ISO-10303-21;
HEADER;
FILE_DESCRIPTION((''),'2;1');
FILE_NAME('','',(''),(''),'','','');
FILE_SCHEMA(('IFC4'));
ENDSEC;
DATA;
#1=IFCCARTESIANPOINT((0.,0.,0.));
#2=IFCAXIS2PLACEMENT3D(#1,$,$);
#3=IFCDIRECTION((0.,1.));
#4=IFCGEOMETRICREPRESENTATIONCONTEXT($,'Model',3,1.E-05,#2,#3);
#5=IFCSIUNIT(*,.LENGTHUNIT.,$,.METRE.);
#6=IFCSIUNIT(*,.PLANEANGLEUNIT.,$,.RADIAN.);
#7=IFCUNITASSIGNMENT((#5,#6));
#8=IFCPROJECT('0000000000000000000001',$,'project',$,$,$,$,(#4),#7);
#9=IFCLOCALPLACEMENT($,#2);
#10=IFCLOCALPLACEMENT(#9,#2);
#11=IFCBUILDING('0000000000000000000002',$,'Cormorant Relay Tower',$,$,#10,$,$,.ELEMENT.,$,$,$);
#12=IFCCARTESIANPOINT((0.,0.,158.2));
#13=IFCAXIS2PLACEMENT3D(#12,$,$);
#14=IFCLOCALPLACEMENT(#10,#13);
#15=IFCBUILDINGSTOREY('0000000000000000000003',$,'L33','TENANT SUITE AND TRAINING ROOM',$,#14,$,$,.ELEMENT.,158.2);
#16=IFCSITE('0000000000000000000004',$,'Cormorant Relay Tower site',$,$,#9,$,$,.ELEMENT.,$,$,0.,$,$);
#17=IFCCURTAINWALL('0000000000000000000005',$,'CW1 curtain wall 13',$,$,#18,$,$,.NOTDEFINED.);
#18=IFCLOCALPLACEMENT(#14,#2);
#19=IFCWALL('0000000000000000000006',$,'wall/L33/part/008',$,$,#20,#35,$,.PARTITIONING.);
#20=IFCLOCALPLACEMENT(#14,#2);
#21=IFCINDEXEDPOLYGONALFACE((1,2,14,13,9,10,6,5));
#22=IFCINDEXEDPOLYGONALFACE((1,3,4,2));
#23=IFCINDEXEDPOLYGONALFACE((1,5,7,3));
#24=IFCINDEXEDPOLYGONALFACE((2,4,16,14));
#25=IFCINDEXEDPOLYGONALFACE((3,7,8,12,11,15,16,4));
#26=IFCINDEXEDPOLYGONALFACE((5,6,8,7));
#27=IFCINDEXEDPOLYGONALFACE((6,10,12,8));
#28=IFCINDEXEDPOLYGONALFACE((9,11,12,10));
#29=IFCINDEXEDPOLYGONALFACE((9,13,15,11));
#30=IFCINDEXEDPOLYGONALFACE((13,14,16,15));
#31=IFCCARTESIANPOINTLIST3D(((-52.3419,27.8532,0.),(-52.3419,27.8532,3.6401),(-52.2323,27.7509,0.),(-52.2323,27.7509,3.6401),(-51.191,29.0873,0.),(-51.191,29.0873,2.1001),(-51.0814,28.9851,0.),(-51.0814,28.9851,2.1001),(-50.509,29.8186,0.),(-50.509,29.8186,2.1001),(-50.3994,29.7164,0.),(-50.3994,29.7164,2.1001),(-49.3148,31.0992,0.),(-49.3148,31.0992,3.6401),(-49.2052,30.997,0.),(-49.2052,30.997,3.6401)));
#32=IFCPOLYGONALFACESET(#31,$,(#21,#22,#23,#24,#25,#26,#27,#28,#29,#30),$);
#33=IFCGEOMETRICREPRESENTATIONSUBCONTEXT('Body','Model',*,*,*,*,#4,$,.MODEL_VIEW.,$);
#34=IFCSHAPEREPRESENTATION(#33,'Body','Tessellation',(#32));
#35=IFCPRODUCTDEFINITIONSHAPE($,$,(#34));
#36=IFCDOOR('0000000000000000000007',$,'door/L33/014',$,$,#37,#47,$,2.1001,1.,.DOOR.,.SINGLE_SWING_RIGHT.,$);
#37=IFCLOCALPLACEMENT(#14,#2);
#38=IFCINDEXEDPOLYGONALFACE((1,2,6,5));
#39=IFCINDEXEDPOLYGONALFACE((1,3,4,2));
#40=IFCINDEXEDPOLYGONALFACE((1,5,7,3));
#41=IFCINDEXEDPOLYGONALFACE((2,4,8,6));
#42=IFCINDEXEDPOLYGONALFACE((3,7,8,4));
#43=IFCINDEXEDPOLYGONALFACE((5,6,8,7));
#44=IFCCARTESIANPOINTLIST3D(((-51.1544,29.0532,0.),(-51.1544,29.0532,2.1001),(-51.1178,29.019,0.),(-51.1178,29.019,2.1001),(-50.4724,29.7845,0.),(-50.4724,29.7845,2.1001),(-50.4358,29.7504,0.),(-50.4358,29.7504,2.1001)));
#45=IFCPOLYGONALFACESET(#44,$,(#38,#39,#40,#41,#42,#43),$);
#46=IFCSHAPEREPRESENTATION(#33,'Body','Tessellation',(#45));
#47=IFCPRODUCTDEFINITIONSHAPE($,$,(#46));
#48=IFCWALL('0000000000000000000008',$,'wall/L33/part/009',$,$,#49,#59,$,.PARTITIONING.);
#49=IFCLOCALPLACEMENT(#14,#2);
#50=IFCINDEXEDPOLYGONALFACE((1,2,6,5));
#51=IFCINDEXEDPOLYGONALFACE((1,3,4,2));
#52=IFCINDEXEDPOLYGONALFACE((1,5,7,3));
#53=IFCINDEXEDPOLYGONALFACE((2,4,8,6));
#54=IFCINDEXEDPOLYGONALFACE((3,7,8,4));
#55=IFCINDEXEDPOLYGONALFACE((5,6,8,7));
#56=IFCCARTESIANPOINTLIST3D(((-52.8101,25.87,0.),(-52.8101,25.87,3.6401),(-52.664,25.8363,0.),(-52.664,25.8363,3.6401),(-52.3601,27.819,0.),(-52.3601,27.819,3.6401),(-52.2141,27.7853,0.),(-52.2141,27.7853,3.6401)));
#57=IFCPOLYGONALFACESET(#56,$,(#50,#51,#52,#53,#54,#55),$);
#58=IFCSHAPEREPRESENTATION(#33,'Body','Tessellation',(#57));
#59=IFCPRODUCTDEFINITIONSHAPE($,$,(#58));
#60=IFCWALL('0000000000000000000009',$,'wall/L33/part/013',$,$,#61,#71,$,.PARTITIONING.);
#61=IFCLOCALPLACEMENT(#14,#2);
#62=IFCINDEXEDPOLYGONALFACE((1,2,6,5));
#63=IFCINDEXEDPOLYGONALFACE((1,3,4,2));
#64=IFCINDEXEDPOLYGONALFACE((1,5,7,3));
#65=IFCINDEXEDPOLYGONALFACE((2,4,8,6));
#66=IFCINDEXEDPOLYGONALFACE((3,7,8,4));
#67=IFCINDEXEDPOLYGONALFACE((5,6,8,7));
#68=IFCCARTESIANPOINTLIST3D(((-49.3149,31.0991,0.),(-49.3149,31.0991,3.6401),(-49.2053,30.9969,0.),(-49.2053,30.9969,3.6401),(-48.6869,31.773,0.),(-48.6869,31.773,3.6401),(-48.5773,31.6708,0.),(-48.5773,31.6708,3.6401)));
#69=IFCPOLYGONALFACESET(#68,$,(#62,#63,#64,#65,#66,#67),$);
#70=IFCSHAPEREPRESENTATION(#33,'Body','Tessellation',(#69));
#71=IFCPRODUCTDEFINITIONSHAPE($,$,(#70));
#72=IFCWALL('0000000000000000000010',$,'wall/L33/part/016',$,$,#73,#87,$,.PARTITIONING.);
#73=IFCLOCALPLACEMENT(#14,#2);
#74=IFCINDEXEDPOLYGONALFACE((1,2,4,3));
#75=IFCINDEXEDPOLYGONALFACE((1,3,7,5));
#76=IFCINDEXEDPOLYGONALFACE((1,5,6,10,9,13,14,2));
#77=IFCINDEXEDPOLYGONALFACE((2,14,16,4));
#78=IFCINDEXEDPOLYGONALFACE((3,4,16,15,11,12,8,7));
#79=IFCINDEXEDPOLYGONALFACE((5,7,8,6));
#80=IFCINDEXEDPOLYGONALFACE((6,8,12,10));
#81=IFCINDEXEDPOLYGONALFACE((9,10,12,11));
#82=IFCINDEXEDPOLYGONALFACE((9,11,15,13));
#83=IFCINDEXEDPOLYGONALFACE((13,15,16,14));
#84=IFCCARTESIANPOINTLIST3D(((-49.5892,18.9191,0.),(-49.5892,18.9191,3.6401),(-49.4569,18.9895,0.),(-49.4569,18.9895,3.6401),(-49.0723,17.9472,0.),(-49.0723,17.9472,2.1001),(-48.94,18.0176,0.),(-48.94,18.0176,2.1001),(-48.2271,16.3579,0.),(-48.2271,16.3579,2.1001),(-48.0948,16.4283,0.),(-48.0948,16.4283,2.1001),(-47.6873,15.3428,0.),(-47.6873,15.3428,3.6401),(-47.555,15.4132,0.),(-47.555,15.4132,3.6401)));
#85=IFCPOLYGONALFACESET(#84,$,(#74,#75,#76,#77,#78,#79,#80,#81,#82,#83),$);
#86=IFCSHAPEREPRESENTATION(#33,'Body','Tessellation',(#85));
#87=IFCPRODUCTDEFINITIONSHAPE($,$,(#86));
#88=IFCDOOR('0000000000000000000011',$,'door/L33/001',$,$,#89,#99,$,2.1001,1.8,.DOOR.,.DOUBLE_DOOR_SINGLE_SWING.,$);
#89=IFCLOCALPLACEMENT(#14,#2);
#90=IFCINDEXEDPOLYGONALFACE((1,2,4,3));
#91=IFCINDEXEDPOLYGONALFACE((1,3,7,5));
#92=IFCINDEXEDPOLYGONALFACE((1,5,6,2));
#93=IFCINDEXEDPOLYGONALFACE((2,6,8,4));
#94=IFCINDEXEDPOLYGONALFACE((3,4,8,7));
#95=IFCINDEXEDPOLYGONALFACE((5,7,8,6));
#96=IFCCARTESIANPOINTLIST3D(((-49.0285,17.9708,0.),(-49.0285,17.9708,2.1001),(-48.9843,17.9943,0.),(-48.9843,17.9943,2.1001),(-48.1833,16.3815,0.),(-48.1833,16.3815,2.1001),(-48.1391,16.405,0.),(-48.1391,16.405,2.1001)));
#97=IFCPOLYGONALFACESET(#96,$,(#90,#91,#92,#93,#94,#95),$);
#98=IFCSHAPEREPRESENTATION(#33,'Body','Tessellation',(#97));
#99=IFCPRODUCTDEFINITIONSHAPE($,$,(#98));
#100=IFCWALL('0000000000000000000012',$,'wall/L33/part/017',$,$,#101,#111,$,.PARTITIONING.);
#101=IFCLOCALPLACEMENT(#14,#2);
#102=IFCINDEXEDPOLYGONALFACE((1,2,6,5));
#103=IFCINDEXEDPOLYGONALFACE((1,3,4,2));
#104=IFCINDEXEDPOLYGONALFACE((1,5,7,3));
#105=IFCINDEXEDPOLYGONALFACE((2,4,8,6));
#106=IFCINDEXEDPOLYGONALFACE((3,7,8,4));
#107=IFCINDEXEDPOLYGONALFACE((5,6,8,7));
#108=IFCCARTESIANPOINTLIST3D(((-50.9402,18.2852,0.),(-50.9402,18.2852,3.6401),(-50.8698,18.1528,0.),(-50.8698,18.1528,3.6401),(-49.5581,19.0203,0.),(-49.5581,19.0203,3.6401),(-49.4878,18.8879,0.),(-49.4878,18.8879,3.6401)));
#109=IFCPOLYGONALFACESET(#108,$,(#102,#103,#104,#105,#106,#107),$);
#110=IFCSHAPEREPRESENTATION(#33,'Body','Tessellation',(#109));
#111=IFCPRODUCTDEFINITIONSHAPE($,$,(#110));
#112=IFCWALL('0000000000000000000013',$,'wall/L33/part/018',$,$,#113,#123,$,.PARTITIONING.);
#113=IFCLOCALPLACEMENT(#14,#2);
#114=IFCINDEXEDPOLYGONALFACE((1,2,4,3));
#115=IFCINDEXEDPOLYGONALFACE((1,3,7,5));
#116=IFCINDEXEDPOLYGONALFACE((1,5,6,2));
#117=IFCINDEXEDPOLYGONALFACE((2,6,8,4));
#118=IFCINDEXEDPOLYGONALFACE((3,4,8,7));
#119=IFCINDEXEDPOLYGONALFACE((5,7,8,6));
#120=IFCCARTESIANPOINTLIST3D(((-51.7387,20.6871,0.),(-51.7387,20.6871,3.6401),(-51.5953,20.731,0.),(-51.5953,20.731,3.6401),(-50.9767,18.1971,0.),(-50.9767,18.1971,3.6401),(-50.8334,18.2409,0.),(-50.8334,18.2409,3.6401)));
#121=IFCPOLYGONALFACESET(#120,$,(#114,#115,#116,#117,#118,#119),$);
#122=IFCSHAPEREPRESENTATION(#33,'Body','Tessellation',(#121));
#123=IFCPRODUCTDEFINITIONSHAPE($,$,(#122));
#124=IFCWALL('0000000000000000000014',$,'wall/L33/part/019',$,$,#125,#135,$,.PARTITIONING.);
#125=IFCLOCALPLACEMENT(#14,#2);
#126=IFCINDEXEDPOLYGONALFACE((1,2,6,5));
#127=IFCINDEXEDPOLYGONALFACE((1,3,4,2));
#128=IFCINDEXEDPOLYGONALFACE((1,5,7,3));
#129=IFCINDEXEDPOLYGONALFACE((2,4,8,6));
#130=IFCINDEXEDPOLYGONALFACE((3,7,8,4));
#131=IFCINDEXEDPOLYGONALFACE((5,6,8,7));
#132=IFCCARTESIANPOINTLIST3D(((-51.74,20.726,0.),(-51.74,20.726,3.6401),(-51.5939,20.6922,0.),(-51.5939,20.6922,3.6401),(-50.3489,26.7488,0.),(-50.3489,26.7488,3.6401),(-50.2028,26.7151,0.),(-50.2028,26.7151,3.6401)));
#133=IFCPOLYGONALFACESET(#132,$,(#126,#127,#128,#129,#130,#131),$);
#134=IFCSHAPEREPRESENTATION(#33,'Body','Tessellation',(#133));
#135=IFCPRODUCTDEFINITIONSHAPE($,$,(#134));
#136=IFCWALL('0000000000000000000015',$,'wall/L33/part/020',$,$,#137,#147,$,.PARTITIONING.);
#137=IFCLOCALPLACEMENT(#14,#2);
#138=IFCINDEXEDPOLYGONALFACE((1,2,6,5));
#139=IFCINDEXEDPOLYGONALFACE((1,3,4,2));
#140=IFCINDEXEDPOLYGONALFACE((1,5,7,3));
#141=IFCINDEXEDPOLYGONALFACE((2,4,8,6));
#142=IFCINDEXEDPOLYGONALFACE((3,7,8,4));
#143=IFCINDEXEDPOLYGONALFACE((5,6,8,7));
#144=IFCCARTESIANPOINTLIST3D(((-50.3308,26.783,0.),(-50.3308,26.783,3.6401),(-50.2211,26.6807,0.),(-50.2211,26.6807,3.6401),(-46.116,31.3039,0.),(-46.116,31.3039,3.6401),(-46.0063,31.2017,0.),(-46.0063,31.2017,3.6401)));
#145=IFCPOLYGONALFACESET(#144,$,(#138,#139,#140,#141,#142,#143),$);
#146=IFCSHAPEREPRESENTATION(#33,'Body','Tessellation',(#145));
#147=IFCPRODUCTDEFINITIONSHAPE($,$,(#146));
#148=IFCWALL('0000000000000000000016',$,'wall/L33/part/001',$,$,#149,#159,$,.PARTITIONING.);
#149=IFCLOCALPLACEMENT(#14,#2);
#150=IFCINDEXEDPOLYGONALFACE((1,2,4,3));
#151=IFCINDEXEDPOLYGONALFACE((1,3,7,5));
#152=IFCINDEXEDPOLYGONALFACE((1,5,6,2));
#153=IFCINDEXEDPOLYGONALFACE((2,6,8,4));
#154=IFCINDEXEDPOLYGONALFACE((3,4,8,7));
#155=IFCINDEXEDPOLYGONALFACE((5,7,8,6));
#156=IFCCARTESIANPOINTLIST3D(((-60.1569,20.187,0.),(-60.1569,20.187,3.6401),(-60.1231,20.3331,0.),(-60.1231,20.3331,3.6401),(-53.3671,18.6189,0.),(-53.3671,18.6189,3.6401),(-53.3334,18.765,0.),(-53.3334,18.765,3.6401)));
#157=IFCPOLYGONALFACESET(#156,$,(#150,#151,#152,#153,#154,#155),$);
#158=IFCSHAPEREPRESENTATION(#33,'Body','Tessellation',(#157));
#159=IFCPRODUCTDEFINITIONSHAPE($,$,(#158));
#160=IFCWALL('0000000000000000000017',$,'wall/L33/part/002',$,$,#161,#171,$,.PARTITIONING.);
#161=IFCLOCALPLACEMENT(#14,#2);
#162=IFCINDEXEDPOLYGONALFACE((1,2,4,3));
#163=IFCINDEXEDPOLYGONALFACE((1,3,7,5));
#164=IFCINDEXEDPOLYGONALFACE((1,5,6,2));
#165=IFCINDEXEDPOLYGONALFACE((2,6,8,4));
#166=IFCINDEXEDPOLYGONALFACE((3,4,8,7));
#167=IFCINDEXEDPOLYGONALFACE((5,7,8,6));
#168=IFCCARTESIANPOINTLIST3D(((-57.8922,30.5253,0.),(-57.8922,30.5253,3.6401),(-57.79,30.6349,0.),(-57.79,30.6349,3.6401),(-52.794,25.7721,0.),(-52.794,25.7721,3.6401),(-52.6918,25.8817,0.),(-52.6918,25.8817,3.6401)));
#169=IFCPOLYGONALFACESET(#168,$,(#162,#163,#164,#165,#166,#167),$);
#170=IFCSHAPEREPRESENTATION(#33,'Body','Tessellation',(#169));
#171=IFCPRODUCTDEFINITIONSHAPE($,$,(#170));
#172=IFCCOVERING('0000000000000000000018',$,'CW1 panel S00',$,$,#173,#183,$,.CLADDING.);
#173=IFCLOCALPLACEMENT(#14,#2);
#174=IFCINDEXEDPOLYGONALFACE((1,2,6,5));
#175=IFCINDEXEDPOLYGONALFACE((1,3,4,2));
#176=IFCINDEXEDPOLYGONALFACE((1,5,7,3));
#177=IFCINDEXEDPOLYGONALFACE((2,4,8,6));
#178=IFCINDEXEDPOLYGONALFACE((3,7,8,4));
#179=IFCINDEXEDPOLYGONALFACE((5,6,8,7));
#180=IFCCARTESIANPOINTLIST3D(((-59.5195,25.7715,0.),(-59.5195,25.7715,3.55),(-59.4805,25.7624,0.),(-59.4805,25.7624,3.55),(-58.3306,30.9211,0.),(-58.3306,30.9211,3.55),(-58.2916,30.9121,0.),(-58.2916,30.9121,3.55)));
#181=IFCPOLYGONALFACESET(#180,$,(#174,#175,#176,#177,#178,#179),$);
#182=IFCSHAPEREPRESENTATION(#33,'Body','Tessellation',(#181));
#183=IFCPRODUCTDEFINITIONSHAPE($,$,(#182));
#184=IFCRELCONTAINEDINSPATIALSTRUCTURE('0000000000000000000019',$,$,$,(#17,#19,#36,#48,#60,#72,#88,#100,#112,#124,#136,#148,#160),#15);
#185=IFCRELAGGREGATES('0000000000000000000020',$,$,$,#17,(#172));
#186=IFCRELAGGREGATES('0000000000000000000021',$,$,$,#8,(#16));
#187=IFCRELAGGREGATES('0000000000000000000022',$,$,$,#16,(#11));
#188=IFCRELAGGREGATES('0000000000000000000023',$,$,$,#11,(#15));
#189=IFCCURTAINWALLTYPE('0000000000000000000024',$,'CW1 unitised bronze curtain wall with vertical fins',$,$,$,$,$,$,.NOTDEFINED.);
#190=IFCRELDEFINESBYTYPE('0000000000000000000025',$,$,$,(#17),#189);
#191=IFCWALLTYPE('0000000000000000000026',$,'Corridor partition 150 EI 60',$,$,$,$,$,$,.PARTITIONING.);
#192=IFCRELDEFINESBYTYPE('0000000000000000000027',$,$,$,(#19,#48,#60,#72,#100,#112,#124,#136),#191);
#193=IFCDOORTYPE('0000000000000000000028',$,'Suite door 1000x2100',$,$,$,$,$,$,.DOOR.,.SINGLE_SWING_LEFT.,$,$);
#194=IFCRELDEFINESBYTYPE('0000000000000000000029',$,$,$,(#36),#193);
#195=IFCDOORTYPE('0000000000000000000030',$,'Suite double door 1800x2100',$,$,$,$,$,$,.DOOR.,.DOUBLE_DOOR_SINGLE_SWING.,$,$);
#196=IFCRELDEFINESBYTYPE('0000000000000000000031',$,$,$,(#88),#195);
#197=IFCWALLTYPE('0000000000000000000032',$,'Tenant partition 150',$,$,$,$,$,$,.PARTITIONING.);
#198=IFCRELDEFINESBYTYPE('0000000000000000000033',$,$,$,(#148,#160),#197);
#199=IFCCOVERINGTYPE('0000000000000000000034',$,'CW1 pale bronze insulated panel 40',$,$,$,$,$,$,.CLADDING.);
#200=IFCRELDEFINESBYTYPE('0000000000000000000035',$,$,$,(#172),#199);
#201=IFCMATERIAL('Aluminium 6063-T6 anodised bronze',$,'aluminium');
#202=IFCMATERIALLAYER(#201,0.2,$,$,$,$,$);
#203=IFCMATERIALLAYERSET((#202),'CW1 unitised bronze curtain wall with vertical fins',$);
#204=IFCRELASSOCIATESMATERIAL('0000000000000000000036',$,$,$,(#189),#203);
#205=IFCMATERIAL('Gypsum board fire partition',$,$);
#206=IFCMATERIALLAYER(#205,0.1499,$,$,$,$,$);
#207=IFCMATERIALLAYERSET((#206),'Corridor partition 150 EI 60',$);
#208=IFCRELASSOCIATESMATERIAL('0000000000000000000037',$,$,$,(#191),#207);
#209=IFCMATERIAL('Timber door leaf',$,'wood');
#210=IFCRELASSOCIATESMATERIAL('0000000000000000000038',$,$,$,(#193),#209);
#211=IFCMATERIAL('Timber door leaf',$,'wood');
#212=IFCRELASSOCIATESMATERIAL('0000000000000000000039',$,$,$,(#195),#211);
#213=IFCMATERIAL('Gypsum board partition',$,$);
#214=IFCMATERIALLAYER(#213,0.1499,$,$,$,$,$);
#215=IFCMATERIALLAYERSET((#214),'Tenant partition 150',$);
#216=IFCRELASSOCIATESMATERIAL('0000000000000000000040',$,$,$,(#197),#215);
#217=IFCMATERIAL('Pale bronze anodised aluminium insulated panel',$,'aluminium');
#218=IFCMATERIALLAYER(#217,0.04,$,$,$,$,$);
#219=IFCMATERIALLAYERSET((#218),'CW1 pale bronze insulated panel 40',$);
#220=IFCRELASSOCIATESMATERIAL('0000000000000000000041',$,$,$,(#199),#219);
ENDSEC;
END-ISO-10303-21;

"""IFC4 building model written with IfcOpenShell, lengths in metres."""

from ifc_helpers import new_model, si_unit, direction, frame, frame_2d, origin, origin_2d, place, context, subcontext, project, spatial, rectangle, extrude, material, layer, layer_set, type_object, element, fill, aggregate, save


model = new_model("IFC4")

# Units and contexts
model_context = context("Model", 3, precision=1e-05, world=origin(), true_north=direction((0.0, 1.0)))
body_context = subcontext(model_context, "Body", "Model", "MODEL_VIEW")
ifc_project = project(units=[si_unit("LENGTHUNIT", "METRE"), si_unit("PLANEANGLEUNIT", "RADIAN")], contexts=[model_context])

# Site, building, storey
site_placement = place(None, origin())
site = spatial("IfcSite", under=ifc_project, at=site_placement, Name="Cormorant Relay Tower site", CompositionType="ELEMENT", RefElevation=0.0)
building_placement = place(site_placement, origin())
building = spatial("IfcBuilding", under=site, at=building_placement, Name="Cormorant Relay Tower", CompositionType="ELEMENT")
storey_placement = place(building_placement, frame((0.0, 0.0, 158.2)))
storey = spatial("IfcBuildingStorey", under=building, at=storey_placement, Name="L33", Description="TENANT SUITE AND TRAINING ROOM", CompositionType="ELEMENT", Elevation=158.2)

# Curtain wall
ifc_material_1 = material(Name="Aluminium 6063-T6 anodised bronze", Category="aluminium")
ifc_layer_1 = layer(ifc_material_1, 0.2)
ifc_layer_set_1 = layer_set([ifc_layer_1], Name="CW1 unitised bronze curtain wall with vertical fins")
curtain_wall_type = type_object("IfcCurtainWallType", Name="CW1 unitised bronze curtain wall with vertical fins", PredefinedType="NOTDEFINED", material=ifc_layer_set_1)
curtain_wall_1_placement = place(storey_placement, origin())
curtain_wall_1 = element("IfcCurtainWall", 1, at=curtain_wall_1_placement, inside=storey, type_object=curtain_wall_type, Name="CW1 curtain wall 13", PredefinedType="NOTDEFINED")

# Shared definitions
ifc_material_2 = material(Name="Gypsum board fire partition")
ifc_layer_2 = layer(ifc_material_2, 0.1499)
ifc_layer_set_2 = layer_set([ifc_layer_2], Name="Corridor partition 150 EI 60")
wall_type_1 = type_object("IfcWallType", Name="Corridor partition 150 EI 60", PredefinedType="PARTITIONING", material=ifc_layer_set_2)
ifc_material_3 = material(Name="Timber door leaf", Category="wood")
door_type_1 = type_object("IfcDoorType", Name="Suite door 1000x2100", OperationType="SINGLE_SWING_LEFT", PredefinedType="DOOR", material=ifc_material_3)

# Wall, opening, door
wall_1_placement = place(storey_placement, frame((-49.26, 31.0481, 0.0), z_axis=(0.0, 0.0, 1.0), x_axis=(-0.682007, -0.731346, 0.0)))
wall_1 = element("IfcWall", 2, at=wall_1_placement, inside=storey, type_object=wall_type_1, Name="wall/L33/part/008", PredefinedType="PARTITIONING", context=body_context, shape_type="SweptSolid", body=[
    extrude(rectangle(XDim=4.4385, YDim=0.1499, at=frame_2d((2.2192, 0.0))), origin(), (0.0, 0.0, 1.0), 3.6401),
])
opening_1_placement = place(wall_1_placement, frame((1.751, 0.0, 0.0)))
opening_1 = element("IfcOpeningElement", 3, at=opening_1_placement, cuts=wall_1, PredefinedType="OPENING", context=body_context, shape_type="SweptSolid", body=[
    extrude(rectangle(XDim=1.0, YDim=2.1001, at=frame_2d((0.5, 1.05))), frame((0.0, 0.085, 0.0), z_axis=(0.0, -1.0, 0.0), x_axis=(1.0, 0.0, 0.0)), (0.0, 0.0, 1.0), 0.1699),
])
door_1_placement = place(opening_1_placement, frame((1.0, 0.0, 0.0), z_axis=(0.0, 0.0, 1.0), x_axis=(-1.0, 0.0, 0.0)))
door_1 = element("IfcDoor", 4, at=door_1_placement, inside=storey, type_object=door_type_1, Name="door/L33/014", OperationType="SINGLE_SWING_RIGHT", OverallHeight=2.1001, OverallWidth=1.0, PredefinedType="DOOR", context=body_context, shape_type="SweptSolid", body=[
    extrude(rectangle(XDim=1.0, YDim=2.1001, at=frame_2d((0.5, 1.05))), frame((0.0, 0.0249, 0.0), z_axis=(0.0, -1.0, 0.0), x_axis=(1.0, 0.0, 0.0)), (0.0, 0.0, 1.0), 0.05),
])
fill(opening_1, door_1)

# Walls
wall_2_placement = place(storey_placement, frame((-52.2871, 27.802, 0.0), z_axis=(0.0, 0.0, 1.0), x_axis=(-0.224949, -0.974371, 0.0)))
element("IfcWall", 5, at=wall_2_placement, inside=storey, type_object=wall_type_1, Name="wall/L33/part/009", PredefinedType="PARTITIONING", context=body_context, shape_type="SweptSolid", body=[
    extrude(rectangle(XDim=2.0002, YDim=0.1499, at=frame_2d((1.0, 0.0))), origin(), (0.0, 0.0, 1.0), 3.6401),
])
wall_3_placement = place(storey_placement, frame((-49.26, 31.0481, 0.0), z_axis=(0.0, 0.0, 1.0), x_axis=(0.681751, 0.731584, 0.0)))
element("IfcWall", 6, at=wall_3_placement, inside=storey, type_object=wall_type_1, Name="wall/L33/part/013", PredefinedType="PARTITIONING", context=body_context, shape_type="SweptSolid", body=[
    extrude(rectangle(XDim=0.9211, YDim=0.1499, at=frame_2d((0.4604, 0.0))), origin(), (0.0, 0.0, 1.0), 3.6401),
])

# Wall, opening, door
wall_4_placement = place(storey_placement, frame((-47.6211, 15.3779, 0.0), z_axis=(0.0, 0.0, 1.0), x_axis=(-0.469543, 0.88291, 0.0)))
wall_4 = element("IfcWall", 7, at=wall_4_placement, inside=storey, type_object=wall_type_1, Name="wall/L33/part/016", PredefinedType="PARTITIONING", context=body_context, shape_type="SweptSolid", body=[
    extrude(rectangle(XDim=4.0505, YDim=0.1499, at=frame_2d((2.0254, 0.0))), origin(), (0.0, 0.0, 1.0), 3.6401),
])
opening_2_placement = place(wall_4_placement, frame((1.1499, 0.0, 0.0)))
opening_2 = element("IfcOpeningElement", 8, at=opening_2_placement, cuts=wall_4, PredefinedType="OPENING", context=body_context, shape_type="SweptSolid", body=[
    extrude(rectangle(XDim=1.8, YDim=2.1001, at=frame_2d((0.8999, 1.05))), frame((0.0, 0.085, 0.0), z_axis=(0.0, -1.0, 0.0), x_axis=(1.0, 0.0, 0.0)), (0.0, 0.0, 1.0), 0.1699),
])
ifc_material_4 = material(Name="Timber door leaf", Category="wood")
door_type_2 = type_object("IfcDoorType", Name="Suite double door 1800x2100", OperationType="DOUBLE_DOOR_SINGLE_SWING", PredefinedType="DOOR", material=ifc_material_4)
door_2_placement = place(opening_2_placement, frame((1.8, 0.0, 0.0), z_axis=(0.0, 0.0, 1.0), x_axis=(-1.0, 0.0, 0.0)))
door_2 = element("IfcDoor", 9, at=door_2_placement, inside=storey, type_object=door_type_2, Name="door/L33/001", OperationType="DOUBLE_DOOR_SINGLE_SWING", OverallHeight=2.1001, OverallWidth=1.8, PredefinedType="DOOR", context=body_context, shape_type="SweptSolid", body=[
    extrude(rectangle(XDim=1.8, YDim=2.1001, at=frame_2d((0.8999, 1.05))), frame((0.0, 0.0249, 0.0), z_axis=(0.0, -1.0, 0.0), x_axis=(1.0, 0.0, 0.0)), (0.0, 0.0, 1.0), 0.05),
])
fill(opening_2, door_2)

# Walls
wall_5_placement = place(storey_placement, frame((-49.5229, 18.9541, 0.0), z_axis=(0.0, 0.0, 1.0), x_axis=(-0.882883, -0.469592, 0.0)))
element("IfcWall", 10, at=wall_5_placement, inside=storey, type_object=wall_type_1, Name="wall/L33/part/017", PredefinedType="PARTITIONING", context=body_context, shape_type="SweptSolid", body=[
    extrude(rectangle(XDim=1.5654, YDim=0.1499, at=frame_2d((0.7827, 0.0))), origin(), (0.0, 0.0, 1.0), 3.6401),
])
wall_6_placement = place(storey_placement, frame((-50.905, 18.219, 0.0), z_axis=(0.0, 0.0, 1.0), x_axis=(-0.292616, 0.95623, 0.0)))
element("IfcWall", 11, at=wall_6_placement, inside=storey, type_object=wall_type_1, Name="wall/L33/part/018", PredefinedType="PARTITIONING", context=body_context, shape_type="SweptSolid", body=[
    extrude(rectangle(XDim=2.604, YDim=0.1499, at=frame_2d((1.302, 0.0))), origin(), (0.0, 0.0, 1.0), 3.6401),
])
wall_7_placement = place(storey_placement, frame((-51.667, 20.709, 0.0), z_axis=(0.0, 0.0, 1.0), x_axis=(0.225044, 0.974349, 0.0)))
element("IfcWall", 12, at=wall_7_placement, inside=storey, type_object=wall_type_1, Name="wall/L33/part/019", PredefinedType="PARTITIONING", context=body_context, shape_type="SweptSolid", body=[
    extrude(rectangle(XDim=6.1814, YDim=0.1499, at=frame_2d((3.0908, 0.0))), origin(), (0.0, 0.0, 1.0), 3.6401),
])
wall_8_placement = place(storey_placement, frame((-50.2759, 26.7319, 0.0), z_axis=(0.0, 0.0, 1.0), x_axis=(0.681907, 0.731439, 0.0)))
element("IfcWall", 13, at=wall_8_placement, inside=storey, type_object=wall_type_1, Name="wall/L33/part/020", PredefinedType="PARTITIONING", context=body_context, shape_type="SweptSolid", body=[
    extrude(rectangle(XDim=6.1809, YDim=0.1499, at=frame_2d((3.0903, 0.0))), origin(), (0.0, 0.0, 1.0), 3.6401),
])
ifc_material_5 = material(Name="Gypsum board partition")
ifc_layer_3 = layer(ifc_material_5, 0.1499)
ifc_layer_set_3 = layer_set([ifc_layer_3], Name="Tenant partition 150")
wall_type_2 = type_object("IfcWallType", Name="Tenant partition 150", PredefinedType="PARTITIONING", material=ifc_layer_set_3)
wall_9_placement = place(storey_placement, frame((-53.3501, 18.6919, 0.0), z_axis=(0.0, 0.0, 1.0), x_axis=(-0.974352, 0.225028, 0.0)))
element("IfcWall", 14, at=wall_9_placement, inside=storey, type_object=wall_type_2, Name="wall/L33/part/001", PredefinedType="PARTITIONING", context=body_context, shape_type="SweptSolid", body=[
    extrude(rectangle(XDim=6.9685, YDim=0.1499, at=frame_2d((3.4844, 0.0))), origin(), (0.0, 0.0, 1.0), 3.6401),
])
wall_10_placement = place(storey_placement, frame((-57.8411, 30.5801, 0.0), z_axis=(0.0, 0.0, 1.0), x_axis=(0.73142, -0.681928, 0.0)))
element("IfcWall", 15, at=wall_10_placement, inside=storey, type_object=wall_type_2, Name="wall/L33/part/002", PredefinedType="PARTITIONING", context=body_context, shape_type="SweptSolid", body=[
    extrude(rectangle(XDim=6.9702, YDim=0.1499, at=frame_2d((3.4851, 0.0))), origin(), (0.0, 0.0, 1.0), 3.6401),
])

# Covering
ifc_material_6 = material(Name="Pale bronze anodised aluminium insulated panel", Category="aluminium")
ifc_layer_4 = layer(ifc_material_6, 0.04)
ifc_layer_set_4 = layer_set([ifc_layer_4], Name="CW1 pale bronze insulated panel 40")
covering_type = type_object("IfcCoveringType", Name="CW1 pale bronze insulated panel 40", PredefinedType="CLADDING", material=ifc_layer_set_4)
covering_1_placement = place(storey_placement, frame((-58.9055, 28.3418, 0.0), z_axis=(0.0, 0.0, 1.0), x_axis=(-0.224951, -0.97437, 0.0)))
covering_1 = element("IfcCovering", 16, at=covering_1_placement, type_object=covering_type, Name="CW1 panel S00", PredefinedType="CLADDING", context=body_context, shape_type="SweptSolid", body=[
    extrude(rectangle(XDim=5.2852, YDim=0.04, at=origin_2d()), origin(), (0.0, 0.0, 1.0), 3.55),
])
aggregate(curtain_wall_1, [covering_1])

save(model, "model.ifc")
